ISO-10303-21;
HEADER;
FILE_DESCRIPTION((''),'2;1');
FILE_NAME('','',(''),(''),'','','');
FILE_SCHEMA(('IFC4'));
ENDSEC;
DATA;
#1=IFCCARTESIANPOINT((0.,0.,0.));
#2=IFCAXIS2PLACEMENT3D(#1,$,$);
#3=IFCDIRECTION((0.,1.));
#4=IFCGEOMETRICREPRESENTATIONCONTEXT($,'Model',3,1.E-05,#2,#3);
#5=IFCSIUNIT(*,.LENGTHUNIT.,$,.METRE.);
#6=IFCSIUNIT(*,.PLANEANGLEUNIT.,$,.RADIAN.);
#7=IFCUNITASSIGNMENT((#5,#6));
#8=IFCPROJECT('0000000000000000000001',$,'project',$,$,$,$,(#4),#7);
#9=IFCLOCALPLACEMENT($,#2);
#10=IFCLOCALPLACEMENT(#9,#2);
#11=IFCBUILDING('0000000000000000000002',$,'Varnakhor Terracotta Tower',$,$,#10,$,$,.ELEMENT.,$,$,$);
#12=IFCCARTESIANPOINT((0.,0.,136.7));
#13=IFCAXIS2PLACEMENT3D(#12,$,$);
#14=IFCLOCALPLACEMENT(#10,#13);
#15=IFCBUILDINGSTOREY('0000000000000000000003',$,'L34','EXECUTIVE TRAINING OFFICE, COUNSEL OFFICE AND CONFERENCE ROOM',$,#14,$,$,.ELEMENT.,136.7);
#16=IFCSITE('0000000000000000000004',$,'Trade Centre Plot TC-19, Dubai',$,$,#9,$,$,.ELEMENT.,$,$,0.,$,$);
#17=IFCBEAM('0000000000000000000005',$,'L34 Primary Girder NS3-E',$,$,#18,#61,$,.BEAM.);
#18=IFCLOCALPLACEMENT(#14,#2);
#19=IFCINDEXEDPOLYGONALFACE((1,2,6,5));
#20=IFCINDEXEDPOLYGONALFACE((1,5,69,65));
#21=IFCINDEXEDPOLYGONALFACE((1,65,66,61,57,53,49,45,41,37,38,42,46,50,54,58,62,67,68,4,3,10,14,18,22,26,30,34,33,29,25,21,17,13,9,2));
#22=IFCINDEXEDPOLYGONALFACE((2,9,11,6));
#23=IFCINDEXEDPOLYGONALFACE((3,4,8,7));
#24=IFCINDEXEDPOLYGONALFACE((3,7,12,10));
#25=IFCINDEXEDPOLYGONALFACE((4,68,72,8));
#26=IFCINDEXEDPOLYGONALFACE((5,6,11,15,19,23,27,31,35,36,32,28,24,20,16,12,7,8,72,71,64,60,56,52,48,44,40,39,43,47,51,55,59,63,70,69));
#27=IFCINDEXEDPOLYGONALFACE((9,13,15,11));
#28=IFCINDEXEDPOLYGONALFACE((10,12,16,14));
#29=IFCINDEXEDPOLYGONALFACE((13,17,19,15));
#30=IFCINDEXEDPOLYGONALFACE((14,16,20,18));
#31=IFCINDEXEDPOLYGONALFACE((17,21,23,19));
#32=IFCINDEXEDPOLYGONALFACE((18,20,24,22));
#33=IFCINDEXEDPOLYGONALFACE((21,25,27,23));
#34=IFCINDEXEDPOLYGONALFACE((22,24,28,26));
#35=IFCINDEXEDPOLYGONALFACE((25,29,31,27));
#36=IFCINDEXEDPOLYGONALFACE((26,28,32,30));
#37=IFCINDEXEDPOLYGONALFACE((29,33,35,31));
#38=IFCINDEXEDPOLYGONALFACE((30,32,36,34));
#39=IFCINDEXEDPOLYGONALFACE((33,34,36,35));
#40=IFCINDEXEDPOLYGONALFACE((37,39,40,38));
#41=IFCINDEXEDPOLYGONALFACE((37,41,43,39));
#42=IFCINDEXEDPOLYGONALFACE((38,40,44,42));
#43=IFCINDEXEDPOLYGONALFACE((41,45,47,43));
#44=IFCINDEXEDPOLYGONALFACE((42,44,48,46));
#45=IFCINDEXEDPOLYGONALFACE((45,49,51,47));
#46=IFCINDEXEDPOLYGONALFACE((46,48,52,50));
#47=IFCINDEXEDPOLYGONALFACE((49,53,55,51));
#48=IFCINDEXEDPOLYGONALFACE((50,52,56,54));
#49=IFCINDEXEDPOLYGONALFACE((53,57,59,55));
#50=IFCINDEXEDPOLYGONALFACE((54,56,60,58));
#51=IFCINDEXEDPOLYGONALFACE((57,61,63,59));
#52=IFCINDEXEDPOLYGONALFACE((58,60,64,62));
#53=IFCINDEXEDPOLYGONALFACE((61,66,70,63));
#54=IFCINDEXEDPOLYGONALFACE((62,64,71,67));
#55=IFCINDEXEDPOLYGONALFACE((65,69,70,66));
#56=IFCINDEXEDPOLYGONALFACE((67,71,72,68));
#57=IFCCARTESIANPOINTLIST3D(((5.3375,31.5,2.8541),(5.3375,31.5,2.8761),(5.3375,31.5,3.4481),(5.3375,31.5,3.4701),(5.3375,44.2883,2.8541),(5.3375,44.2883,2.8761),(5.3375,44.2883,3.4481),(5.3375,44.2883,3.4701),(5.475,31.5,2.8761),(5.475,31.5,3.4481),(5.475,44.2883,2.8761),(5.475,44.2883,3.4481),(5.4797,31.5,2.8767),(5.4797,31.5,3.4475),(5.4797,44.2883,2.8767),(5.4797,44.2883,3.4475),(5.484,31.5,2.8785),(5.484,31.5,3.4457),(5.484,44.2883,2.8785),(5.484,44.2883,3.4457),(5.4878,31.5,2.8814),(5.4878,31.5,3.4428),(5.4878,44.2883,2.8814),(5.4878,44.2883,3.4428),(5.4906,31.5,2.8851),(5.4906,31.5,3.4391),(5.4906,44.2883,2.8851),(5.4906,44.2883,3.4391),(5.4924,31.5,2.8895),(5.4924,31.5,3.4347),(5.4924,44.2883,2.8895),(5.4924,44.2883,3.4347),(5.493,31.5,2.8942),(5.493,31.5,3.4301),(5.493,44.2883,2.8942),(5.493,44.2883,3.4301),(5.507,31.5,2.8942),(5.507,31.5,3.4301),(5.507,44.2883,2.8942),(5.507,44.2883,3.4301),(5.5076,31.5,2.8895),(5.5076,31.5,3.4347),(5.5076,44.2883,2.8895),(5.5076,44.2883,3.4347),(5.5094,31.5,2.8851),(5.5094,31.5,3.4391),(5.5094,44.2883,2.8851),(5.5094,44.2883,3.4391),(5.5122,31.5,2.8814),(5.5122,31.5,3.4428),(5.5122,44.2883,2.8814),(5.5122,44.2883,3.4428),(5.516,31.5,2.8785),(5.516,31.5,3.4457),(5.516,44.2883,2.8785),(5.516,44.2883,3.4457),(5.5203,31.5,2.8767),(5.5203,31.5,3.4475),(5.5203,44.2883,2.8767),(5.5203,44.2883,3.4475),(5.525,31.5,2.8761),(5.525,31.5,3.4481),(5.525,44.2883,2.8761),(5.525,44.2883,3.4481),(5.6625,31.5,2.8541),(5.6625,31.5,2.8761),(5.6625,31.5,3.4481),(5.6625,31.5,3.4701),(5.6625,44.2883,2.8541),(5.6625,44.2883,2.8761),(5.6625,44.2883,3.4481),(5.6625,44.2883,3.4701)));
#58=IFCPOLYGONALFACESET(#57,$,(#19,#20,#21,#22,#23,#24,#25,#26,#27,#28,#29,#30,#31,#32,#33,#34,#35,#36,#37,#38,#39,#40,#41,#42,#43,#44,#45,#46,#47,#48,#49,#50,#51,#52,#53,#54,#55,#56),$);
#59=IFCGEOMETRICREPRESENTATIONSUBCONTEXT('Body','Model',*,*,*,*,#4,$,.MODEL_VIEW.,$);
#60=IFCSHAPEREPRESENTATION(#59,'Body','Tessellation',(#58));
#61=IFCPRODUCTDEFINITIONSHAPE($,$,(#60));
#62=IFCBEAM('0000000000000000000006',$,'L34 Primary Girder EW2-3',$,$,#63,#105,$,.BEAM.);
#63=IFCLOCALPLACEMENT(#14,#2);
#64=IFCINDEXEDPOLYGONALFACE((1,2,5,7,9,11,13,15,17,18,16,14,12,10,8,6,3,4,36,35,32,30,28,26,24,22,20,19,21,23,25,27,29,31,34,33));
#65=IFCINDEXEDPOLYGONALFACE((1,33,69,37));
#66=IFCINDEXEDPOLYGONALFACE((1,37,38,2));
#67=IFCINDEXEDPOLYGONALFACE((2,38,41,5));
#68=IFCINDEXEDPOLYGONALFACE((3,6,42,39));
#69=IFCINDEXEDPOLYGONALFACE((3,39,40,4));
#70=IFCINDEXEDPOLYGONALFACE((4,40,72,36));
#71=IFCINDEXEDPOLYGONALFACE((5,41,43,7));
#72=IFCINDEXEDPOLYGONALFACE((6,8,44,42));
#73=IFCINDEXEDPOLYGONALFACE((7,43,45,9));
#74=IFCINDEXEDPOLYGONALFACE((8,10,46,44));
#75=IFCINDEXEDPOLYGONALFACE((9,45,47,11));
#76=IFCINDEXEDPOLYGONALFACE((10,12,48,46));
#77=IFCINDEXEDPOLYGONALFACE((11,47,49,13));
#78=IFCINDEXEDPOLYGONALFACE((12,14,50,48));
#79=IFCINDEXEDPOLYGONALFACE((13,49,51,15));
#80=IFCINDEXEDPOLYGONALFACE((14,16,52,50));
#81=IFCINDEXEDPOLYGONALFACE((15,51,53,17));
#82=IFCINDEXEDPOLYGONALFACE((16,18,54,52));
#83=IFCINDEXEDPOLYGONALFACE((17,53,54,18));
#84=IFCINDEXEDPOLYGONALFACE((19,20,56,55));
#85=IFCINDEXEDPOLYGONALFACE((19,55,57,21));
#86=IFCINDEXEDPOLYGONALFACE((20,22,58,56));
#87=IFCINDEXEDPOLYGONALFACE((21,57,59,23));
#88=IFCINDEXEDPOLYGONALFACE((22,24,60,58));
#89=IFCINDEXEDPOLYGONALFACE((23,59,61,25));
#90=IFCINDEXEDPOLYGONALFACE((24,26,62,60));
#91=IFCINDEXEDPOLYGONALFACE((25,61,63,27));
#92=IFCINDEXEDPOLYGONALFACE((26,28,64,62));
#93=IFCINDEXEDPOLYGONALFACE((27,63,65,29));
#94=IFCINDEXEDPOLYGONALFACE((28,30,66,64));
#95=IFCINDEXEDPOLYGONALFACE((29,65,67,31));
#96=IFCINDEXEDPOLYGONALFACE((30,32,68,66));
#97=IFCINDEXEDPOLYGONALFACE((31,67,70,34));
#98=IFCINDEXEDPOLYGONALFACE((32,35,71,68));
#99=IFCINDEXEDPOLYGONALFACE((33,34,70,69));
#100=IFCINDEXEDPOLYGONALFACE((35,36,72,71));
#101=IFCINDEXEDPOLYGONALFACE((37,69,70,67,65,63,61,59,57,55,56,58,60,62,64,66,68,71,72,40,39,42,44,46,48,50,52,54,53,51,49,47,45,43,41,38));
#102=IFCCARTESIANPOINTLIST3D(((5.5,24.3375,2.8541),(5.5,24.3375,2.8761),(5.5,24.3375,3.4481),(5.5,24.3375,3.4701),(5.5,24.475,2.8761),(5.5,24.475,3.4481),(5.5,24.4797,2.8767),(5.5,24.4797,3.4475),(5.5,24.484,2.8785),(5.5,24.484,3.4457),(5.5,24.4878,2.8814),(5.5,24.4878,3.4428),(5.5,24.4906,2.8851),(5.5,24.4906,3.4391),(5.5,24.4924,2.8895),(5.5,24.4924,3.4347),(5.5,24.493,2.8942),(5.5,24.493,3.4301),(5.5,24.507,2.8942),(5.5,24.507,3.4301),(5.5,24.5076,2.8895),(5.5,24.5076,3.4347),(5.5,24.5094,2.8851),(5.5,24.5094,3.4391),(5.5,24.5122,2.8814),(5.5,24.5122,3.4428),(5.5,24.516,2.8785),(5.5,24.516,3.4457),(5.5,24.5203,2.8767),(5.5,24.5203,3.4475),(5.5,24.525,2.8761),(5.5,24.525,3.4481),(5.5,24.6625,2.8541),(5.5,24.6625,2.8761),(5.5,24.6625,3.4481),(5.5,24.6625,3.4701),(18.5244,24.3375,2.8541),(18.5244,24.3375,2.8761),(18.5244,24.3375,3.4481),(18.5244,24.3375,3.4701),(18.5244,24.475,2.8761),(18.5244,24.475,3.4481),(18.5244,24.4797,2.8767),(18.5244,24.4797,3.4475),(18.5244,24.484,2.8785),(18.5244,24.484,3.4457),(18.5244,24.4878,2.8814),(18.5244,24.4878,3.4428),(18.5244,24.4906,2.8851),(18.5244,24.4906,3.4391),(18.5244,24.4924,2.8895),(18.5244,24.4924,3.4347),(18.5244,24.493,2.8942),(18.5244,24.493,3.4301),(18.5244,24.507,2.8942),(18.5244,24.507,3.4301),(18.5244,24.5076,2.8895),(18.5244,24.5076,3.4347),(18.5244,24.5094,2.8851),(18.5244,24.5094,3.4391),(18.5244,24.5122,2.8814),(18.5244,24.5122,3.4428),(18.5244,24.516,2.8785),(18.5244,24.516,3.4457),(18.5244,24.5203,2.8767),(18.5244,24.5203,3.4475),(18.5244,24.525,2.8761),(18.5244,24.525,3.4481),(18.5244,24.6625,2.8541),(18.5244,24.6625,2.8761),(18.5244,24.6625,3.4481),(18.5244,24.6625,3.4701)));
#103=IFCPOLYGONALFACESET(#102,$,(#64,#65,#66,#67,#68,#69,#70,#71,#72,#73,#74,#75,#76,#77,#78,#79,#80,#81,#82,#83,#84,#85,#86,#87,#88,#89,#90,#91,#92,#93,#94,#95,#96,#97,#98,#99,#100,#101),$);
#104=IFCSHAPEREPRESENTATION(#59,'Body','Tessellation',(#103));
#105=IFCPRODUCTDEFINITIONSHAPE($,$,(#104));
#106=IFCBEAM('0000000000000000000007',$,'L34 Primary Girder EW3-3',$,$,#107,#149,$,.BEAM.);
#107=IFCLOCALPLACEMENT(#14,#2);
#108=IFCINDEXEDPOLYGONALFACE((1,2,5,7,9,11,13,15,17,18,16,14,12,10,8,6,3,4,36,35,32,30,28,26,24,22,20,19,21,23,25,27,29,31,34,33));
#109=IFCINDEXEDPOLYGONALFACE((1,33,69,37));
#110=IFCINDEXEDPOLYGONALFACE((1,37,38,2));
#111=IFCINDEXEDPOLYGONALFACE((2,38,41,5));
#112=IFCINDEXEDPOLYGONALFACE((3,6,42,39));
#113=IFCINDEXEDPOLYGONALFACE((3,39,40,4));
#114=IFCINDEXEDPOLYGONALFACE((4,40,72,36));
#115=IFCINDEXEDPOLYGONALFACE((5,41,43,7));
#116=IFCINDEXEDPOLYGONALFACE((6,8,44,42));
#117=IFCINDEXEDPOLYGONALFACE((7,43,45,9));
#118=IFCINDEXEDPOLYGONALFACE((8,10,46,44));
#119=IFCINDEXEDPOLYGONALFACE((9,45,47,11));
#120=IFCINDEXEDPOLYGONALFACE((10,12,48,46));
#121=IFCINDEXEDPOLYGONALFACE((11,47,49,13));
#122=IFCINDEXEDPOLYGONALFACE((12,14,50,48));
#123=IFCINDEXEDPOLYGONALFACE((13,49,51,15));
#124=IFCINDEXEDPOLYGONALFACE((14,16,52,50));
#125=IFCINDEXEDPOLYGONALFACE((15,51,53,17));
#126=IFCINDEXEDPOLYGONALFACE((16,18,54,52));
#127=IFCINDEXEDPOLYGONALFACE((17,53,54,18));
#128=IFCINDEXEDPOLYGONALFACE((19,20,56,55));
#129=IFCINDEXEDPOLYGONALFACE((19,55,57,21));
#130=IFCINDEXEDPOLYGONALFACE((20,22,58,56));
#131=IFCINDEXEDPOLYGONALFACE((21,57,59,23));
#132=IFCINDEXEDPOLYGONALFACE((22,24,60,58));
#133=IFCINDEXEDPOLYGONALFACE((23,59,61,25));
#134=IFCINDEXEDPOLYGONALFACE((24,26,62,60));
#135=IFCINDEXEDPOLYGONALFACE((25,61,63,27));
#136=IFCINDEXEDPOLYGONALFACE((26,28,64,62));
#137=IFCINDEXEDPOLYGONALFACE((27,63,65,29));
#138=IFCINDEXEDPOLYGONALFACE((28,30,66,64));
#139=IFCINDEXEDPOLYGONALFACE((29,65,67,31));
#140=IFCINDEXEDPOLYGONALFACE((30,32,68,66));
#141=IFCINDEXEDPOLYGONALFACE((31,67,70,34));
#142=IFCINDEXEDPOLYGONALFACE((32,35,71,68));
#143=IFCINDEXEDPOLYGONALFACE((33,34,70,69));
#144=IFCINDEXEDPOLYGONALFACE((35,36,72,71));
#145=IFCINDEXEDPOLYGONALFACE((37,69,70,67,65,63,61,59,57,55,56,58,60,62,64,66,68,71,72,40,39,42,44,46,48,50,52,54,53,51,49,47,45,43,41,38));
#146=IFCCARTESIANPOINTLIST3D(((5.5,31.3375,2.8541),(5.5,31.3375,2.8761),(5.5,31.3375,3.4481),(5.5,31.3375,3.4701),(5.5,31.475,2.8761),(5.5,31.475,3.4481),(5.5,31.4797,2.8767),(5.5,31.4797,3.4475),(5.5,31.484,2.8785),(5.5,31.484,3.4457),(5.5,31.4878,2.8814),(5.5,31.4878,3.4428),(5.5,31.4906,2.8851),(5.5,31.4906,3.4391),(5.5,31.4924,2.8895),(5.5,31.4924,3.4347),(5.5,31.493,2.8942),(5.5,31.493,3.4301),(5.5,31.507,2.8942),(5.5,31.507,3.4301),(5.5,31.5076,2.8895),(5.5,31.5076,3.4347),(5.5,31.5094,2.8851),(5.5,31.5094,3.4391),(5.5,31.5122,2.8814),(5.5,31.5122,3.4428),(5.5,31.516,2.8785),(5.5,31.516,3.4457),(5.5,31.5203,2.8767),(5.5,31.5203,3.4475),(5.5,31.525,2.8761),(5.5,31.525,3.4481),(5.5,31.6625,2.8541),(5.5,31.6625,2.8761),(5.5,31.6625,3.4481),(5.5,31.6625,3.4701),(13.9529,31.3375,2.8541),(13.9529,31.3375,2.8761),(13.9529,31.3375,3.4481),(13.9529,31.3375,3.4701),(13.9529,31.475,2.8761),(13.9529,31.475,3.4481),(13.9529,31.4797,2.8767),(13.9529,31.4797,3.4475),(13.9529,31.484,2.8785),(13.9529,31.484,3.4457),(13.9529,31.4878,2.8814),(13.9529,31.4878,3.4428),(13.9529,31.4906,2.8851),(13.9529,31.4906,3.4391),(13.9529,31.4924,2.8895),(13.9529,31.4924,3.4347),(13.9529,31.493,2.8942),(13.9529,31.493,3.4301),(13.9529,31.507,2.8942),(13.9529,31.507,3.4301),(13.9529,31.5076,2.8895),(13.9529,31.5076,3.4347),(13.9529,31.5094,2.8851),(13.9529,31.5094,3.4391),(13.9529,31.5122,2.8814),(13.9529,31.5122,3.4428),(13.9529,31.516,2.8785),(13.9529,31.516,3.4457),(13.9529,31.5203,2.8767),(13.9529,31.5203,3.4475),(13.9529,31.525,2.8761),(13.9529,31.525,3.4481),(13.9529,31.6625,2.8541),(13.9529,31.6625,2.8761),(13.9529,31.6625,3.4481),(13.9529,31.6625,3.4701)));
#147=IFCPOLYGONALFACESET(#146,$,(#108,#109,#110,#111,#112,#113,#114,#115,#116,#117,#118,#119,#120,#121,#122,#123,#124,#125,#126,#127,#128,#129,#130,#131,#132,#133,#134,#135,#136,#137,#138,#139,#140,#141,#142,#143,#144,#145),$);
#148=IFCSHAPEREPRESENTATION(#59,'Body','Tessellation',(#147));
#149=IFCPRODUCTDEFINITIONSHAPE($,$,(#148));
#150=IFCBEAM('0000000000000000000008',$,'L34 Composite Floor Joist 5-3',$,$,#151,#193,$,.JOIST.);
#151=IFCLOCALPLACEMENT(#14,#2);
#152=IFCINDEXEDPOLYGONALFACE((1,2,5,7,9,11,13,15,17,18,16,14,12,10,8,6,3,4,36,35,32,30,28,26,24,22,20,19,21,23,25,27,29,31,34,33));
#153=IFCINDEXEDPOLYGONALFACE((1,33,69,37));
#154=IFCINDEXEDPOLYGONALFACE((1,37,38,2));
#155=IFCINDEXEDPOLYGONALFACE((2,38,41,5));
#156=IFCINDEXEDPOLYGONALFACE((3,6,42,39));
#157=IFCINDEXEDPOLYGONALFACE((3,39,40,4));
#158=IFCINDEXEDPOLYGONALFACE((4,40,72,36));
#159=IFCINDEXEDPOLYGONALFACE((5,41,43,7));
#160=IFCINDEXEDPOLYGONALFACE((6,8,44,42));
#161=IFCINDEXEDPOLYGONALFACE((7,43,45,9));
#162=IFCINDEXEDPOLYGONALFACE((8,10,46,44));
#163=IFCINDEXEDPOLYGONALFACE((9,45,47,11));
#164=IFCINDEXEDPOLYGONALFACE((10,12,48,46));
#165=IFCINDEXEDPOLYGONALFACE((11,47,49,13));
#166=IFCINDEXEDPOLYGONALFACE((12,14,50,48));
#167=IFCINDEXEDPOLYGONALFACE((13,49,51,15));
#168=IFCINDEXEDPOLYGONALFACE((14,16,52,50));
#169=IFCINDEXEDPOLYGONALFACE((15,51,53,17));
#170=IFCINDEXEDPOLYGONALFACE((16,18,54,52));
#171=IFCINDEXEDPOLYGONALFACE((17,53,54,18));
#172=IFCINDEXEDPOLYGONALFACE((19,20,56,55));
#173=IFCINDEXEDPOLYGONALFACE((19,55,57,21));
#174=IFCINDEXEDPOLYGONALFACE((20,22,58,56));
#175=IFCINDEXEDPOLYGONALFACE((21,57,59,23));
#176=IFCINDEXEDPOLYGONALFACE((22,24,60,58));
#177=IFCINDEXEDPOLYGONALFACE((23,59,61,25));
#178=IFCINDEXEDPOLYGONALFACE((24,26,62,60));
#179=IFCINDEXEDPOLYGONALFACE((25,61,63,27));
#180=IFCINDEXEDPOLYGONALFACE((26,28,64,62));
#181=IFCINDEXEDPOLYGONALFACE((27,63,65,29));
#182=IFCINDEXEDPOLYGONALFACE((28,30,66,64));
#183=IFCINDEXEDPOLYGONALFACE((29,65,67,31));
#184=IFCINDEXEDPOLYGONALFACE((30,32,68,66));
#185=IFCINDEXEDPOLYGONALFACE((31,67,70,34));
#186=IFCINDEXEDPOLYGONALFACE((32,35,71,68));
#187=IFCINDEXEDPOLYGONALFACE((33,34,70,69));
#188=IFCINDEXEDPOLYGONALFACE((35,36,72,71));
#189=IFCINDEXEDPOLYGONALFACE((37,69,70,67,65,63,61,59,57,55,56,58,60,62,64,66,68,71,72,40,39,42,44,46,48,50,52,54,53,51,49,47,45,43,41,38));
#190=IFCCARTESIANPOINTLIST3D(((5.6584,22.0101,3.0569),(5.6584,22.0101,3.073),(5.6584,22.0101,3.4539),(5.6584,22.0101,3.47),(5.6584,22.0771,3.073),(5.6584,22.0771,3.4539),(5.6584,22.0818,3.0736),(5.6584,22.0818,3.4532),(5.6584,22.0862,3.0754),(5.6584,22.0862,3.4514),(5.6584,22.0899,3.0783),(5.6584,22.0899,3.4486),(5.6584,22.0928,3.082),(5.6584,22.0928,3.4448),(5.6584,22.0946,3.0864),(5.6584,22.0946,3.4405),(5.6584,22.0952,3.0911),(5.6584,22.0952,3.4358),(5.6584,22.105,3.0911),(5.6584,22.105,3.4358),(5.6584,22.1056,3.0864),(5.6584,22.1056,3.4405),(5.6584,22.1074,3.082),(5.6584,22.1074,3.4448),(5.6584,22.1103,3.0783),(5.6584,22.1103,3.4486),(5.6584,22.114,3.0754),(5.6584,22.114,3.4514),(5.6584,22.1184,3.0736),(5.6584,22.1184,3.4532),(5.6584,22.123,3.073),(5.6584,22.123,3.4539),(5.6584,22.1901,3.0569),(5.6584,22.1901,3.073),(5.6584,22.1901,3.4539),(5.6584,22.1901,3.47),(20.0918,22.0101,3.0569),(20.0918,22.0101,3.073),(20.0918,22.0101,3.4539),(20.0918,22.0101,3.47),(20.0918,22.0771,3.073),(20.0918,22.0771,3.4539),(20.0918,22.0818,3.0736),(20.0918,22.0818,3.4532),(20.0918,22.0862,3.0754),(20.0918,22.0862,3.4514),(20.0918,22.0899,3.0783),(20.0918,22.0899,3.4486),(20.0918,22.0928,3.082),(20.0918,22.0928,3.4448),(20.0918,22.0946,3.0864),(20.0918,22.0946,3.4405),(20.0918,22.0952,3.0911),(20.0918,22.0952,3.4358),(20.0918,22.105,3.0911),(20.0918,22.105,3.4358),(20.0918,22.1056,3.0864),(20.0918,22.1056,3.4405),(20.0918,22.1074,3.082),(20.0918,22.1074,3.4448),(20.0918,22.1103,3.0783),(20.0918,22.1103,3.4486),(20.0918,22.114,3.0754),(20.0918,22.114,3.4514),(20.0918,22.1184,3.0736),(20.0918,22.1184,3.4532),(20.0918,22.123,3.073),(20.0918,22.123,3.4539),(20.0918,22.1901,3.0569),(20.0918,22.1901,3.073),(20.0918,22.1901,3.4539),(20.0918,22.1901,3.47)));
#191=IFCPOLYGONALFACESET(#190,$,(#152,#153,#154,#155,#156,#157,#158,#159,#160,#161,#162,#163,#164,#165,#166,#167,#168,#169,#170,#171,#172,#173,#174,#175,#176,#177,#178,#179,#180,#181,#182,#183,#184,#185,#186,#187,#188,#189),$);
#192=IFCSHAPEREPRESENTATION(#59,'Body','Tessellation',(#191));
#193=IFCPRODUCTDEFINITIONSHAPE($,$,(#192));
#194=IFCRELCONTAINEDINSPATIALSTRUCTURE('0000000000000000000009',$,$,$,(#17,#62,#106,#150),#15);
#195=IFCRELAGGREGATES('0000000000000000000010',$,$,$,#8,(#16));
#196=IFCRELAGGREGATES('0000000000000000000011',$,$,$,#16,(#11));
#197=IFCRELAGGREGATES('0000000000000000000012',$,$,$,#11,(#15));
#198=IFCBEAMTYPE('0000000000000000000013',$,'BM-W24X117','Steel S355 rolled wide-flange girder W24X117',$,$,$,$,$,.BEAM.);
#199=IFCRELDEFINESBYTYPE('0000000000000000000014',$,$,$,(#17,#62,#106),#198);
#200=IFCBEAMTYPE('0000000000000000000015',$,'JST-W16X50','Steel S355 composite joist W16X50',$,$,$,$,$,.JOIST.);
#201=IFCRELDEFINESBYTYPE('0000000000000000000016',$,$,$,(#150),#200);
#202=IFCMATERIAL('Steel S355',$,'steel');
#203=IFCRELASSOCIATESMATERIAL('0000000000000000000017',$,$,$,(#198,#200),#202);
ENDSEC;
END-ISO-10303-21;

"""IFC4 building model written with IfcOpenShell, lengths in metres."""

from ifc_helpers import new_model, si_unit, direction, frame, origin, origin_2d, place, context, subcontext, project, spatial, i_section, extrude, source, transform, mapped, material, material_profile, profile_set, type_object, element, save


model = new_model("IFC4")

# Units and contexts
model_context = context("Model", 3, precision=1e-05, world=origin(), true_north=direction((0.0, 1.0)))
body_context = subcontext(model_context, "Body", "Model", "MODEL_VIEW")
ifc_project = project(units=[si_unit("LENGTHUNIT", "METRE"), si_unit("PLANEANGLEUNIT", "RADIAN")], contexts=[model_context])

# Site, building, storey
site_placement = place(None, origin())
site = spatial("IfcSite", under=ifc_project, at=site_placement, Name="Trade Centre Plot TC-19, Dubai", CompositionType="ELEMENT", RefElevation=0.0)
building_placement = place(site_placement, origin())
building = spatial("IfcBuilding", under=site, at=building_placement, Name="Varnakhor Terracotta Tower", CompositionType="ELEMENT")
storey_placement = place(building_placement, frame((0.0, 0.0, 136.7)))
storey = spatial("IfcBuildingStorey", under=building, at=storey_placement, Name="L34", Description="EXECUTIVE TRAINING OFFICE, COUNSEL OFFICE AND CONFERENCE ROOM", CompositionType="ELEMENT", Elevation=136.7)

# Beams
ifc_material_1 = material(Name="Steel S355", Category="steel")
ifc_material_profile_1 = material_profile(ifc_material_1, i_section(OverallWidth=0.325, OverallDepth=0.616, WebThickness=0.0139, FlangeThickness=0.022, FilletRadius=0.0181, at=origin_2d()), Name="W24X117")
ifc_profile_set_1 = profile_set([ifc_material_profile_1], Name="Steel S355")
beam_type_1 = type_object("IfcBeamType", Name="BM-W24X117", Description="Steel S355 rolled wide-flange girder W24X117", PredefinedType="BEAM", material=ifc_profile_set_1)
shared_shape_1 = source(origin(), body_context, "Body", "SweptSolid", [
    extrude(i_section(OverallWidth=0.325, OverallDepth=0.616, WebThickness=0.0139, FlangeThickness=0.022, FilletRadius=0.0181, at=origin_2d()), origin(), (0.0, 0.0, 1.0), 12.7883),
])
beam_1_placement = place(storey_placement, frame((5.5, 31.5, 3.1621), z_axis=(0.0, 1.0, 0.0), x_axis=(-1.0, 0.0, 0.0)))
element("IfcBeam", 1, at=beam_1_placement, inside=storey, type_object=beam_type_1, Name="L34 Primary Girder NS3-E", PredefinedType="BEAM", context=body_context, shape_type="MappedRepresentation", body=[
    mapped(shared_shape_1, transform((0.0, 0.0, 0.0), scale=1.0)),
])
shared_shape_2 = source(origin(), body_context, "Body", "SweptSolid", [
    extrude(i_section(OverallWidth=0.325, OverallDepth=0.616, WebThickness=0.0139, FlangeThickness=0.022, FilletRadius=0.0181, at=origin_2d()), origin(), (0.0, 0.0, 1.0), 13.0244),
])
beam_2_placement = place(storey_placement, frame((5.5, 24.5, 3.1621), z_axis=(1.0, 0.0, 0.0), x_axis=(0.0, 1.0, 0.0)))
element("IfcBeam", 2, at=beam_2_placement, inside=storey, type_object=beam_type_1, Name="L34 Primary Girder EW2-3", PredefinedType="BEAM", context=body_context, shape_type="MappedRepresentation", body=[
    mapped(shared_shape_2, transform((0.0, 0.0, 0.0), scale=1.0)),
])
shared_shape_3 = source(origin(), body_context, "Body", "SweptSolid", [
    extrude(i_section(OverallWidth=0.325, OverallDepth=0.616, WebThickness=0.0139, FlangeThickness=0.022, FilletRadius=0.0181, at=origin_2d()), origin(), (0.0, 0.0, 1.0), 8.4529),
])
beam_3_placement = place(storey_placement, frame((5.5, 31.5, 3.1621), z_axis=(1.0, 0.0, 0.0), x_axis=(0.0, 1.0, 0.0)))
element("IfcBeam", 3, at=beam_3_placement, inside=storey, type_object=beam_type_1, Name="L34 Primary Girder EW3-3", PredefinedType="BEAM", context=body_context, shape_type="MappedRepresentation", body=[
    mapped(shared_shape_3, transform((0.0, 0.0, 0.0), scale=1.0)),
])
ifc_material_profile_2 = material_profile(ifc_material_1, i_section(OverallWidth=0.1799, OverallDepth=0.4131, WebThickness=0.0098, FlangeThickness=0.0161, FilletRadius=0.0181, at=origin_2d()), Name="W16X50")
ifc_profile_set_2 = profile_set([ifc_material_profile_2], Name="Steel S355")
beam_type_2 = type_object("IfcBeamType", Name="JST-W16X50", Description="Steel S355 composite joist W16X50", PredefinedType="JOIST", material=ifc_profile_set_2)
shared_shape_4 = source(origin(), body_context, "Body", "SweptSolid", [
    extrude(i_section(OverallWidth=0.1799, OverallDepth=0.4131, WebThickness=0.0098, FlangeThickness=0.0161, FilletRadius=0.0181, at=origin_2d()), origin(), (0.0, 0.0, 1.0), 14.4333),
])
beam_4_placement = place(storey_placement, frame((5.6584, 22.1001, 3.2634), z_axis=(1.0, 0.0, 0.0), x_axis=(0.0, 1.0, 0.0)))
element("IfcBeam", 4, at=beam_4_placement, inside=storey, type_object=beam_type_2, Name="L34 Composite Floor Joist 5-3", PredefinedType="JOIST", context=body_context, shape_type="MappedRepresentation", body=[
    mapped(shared_shape_4, transform((0.0, 0.0, 0.0), scale=1.0)),
])

save(model, "model.ifc")
